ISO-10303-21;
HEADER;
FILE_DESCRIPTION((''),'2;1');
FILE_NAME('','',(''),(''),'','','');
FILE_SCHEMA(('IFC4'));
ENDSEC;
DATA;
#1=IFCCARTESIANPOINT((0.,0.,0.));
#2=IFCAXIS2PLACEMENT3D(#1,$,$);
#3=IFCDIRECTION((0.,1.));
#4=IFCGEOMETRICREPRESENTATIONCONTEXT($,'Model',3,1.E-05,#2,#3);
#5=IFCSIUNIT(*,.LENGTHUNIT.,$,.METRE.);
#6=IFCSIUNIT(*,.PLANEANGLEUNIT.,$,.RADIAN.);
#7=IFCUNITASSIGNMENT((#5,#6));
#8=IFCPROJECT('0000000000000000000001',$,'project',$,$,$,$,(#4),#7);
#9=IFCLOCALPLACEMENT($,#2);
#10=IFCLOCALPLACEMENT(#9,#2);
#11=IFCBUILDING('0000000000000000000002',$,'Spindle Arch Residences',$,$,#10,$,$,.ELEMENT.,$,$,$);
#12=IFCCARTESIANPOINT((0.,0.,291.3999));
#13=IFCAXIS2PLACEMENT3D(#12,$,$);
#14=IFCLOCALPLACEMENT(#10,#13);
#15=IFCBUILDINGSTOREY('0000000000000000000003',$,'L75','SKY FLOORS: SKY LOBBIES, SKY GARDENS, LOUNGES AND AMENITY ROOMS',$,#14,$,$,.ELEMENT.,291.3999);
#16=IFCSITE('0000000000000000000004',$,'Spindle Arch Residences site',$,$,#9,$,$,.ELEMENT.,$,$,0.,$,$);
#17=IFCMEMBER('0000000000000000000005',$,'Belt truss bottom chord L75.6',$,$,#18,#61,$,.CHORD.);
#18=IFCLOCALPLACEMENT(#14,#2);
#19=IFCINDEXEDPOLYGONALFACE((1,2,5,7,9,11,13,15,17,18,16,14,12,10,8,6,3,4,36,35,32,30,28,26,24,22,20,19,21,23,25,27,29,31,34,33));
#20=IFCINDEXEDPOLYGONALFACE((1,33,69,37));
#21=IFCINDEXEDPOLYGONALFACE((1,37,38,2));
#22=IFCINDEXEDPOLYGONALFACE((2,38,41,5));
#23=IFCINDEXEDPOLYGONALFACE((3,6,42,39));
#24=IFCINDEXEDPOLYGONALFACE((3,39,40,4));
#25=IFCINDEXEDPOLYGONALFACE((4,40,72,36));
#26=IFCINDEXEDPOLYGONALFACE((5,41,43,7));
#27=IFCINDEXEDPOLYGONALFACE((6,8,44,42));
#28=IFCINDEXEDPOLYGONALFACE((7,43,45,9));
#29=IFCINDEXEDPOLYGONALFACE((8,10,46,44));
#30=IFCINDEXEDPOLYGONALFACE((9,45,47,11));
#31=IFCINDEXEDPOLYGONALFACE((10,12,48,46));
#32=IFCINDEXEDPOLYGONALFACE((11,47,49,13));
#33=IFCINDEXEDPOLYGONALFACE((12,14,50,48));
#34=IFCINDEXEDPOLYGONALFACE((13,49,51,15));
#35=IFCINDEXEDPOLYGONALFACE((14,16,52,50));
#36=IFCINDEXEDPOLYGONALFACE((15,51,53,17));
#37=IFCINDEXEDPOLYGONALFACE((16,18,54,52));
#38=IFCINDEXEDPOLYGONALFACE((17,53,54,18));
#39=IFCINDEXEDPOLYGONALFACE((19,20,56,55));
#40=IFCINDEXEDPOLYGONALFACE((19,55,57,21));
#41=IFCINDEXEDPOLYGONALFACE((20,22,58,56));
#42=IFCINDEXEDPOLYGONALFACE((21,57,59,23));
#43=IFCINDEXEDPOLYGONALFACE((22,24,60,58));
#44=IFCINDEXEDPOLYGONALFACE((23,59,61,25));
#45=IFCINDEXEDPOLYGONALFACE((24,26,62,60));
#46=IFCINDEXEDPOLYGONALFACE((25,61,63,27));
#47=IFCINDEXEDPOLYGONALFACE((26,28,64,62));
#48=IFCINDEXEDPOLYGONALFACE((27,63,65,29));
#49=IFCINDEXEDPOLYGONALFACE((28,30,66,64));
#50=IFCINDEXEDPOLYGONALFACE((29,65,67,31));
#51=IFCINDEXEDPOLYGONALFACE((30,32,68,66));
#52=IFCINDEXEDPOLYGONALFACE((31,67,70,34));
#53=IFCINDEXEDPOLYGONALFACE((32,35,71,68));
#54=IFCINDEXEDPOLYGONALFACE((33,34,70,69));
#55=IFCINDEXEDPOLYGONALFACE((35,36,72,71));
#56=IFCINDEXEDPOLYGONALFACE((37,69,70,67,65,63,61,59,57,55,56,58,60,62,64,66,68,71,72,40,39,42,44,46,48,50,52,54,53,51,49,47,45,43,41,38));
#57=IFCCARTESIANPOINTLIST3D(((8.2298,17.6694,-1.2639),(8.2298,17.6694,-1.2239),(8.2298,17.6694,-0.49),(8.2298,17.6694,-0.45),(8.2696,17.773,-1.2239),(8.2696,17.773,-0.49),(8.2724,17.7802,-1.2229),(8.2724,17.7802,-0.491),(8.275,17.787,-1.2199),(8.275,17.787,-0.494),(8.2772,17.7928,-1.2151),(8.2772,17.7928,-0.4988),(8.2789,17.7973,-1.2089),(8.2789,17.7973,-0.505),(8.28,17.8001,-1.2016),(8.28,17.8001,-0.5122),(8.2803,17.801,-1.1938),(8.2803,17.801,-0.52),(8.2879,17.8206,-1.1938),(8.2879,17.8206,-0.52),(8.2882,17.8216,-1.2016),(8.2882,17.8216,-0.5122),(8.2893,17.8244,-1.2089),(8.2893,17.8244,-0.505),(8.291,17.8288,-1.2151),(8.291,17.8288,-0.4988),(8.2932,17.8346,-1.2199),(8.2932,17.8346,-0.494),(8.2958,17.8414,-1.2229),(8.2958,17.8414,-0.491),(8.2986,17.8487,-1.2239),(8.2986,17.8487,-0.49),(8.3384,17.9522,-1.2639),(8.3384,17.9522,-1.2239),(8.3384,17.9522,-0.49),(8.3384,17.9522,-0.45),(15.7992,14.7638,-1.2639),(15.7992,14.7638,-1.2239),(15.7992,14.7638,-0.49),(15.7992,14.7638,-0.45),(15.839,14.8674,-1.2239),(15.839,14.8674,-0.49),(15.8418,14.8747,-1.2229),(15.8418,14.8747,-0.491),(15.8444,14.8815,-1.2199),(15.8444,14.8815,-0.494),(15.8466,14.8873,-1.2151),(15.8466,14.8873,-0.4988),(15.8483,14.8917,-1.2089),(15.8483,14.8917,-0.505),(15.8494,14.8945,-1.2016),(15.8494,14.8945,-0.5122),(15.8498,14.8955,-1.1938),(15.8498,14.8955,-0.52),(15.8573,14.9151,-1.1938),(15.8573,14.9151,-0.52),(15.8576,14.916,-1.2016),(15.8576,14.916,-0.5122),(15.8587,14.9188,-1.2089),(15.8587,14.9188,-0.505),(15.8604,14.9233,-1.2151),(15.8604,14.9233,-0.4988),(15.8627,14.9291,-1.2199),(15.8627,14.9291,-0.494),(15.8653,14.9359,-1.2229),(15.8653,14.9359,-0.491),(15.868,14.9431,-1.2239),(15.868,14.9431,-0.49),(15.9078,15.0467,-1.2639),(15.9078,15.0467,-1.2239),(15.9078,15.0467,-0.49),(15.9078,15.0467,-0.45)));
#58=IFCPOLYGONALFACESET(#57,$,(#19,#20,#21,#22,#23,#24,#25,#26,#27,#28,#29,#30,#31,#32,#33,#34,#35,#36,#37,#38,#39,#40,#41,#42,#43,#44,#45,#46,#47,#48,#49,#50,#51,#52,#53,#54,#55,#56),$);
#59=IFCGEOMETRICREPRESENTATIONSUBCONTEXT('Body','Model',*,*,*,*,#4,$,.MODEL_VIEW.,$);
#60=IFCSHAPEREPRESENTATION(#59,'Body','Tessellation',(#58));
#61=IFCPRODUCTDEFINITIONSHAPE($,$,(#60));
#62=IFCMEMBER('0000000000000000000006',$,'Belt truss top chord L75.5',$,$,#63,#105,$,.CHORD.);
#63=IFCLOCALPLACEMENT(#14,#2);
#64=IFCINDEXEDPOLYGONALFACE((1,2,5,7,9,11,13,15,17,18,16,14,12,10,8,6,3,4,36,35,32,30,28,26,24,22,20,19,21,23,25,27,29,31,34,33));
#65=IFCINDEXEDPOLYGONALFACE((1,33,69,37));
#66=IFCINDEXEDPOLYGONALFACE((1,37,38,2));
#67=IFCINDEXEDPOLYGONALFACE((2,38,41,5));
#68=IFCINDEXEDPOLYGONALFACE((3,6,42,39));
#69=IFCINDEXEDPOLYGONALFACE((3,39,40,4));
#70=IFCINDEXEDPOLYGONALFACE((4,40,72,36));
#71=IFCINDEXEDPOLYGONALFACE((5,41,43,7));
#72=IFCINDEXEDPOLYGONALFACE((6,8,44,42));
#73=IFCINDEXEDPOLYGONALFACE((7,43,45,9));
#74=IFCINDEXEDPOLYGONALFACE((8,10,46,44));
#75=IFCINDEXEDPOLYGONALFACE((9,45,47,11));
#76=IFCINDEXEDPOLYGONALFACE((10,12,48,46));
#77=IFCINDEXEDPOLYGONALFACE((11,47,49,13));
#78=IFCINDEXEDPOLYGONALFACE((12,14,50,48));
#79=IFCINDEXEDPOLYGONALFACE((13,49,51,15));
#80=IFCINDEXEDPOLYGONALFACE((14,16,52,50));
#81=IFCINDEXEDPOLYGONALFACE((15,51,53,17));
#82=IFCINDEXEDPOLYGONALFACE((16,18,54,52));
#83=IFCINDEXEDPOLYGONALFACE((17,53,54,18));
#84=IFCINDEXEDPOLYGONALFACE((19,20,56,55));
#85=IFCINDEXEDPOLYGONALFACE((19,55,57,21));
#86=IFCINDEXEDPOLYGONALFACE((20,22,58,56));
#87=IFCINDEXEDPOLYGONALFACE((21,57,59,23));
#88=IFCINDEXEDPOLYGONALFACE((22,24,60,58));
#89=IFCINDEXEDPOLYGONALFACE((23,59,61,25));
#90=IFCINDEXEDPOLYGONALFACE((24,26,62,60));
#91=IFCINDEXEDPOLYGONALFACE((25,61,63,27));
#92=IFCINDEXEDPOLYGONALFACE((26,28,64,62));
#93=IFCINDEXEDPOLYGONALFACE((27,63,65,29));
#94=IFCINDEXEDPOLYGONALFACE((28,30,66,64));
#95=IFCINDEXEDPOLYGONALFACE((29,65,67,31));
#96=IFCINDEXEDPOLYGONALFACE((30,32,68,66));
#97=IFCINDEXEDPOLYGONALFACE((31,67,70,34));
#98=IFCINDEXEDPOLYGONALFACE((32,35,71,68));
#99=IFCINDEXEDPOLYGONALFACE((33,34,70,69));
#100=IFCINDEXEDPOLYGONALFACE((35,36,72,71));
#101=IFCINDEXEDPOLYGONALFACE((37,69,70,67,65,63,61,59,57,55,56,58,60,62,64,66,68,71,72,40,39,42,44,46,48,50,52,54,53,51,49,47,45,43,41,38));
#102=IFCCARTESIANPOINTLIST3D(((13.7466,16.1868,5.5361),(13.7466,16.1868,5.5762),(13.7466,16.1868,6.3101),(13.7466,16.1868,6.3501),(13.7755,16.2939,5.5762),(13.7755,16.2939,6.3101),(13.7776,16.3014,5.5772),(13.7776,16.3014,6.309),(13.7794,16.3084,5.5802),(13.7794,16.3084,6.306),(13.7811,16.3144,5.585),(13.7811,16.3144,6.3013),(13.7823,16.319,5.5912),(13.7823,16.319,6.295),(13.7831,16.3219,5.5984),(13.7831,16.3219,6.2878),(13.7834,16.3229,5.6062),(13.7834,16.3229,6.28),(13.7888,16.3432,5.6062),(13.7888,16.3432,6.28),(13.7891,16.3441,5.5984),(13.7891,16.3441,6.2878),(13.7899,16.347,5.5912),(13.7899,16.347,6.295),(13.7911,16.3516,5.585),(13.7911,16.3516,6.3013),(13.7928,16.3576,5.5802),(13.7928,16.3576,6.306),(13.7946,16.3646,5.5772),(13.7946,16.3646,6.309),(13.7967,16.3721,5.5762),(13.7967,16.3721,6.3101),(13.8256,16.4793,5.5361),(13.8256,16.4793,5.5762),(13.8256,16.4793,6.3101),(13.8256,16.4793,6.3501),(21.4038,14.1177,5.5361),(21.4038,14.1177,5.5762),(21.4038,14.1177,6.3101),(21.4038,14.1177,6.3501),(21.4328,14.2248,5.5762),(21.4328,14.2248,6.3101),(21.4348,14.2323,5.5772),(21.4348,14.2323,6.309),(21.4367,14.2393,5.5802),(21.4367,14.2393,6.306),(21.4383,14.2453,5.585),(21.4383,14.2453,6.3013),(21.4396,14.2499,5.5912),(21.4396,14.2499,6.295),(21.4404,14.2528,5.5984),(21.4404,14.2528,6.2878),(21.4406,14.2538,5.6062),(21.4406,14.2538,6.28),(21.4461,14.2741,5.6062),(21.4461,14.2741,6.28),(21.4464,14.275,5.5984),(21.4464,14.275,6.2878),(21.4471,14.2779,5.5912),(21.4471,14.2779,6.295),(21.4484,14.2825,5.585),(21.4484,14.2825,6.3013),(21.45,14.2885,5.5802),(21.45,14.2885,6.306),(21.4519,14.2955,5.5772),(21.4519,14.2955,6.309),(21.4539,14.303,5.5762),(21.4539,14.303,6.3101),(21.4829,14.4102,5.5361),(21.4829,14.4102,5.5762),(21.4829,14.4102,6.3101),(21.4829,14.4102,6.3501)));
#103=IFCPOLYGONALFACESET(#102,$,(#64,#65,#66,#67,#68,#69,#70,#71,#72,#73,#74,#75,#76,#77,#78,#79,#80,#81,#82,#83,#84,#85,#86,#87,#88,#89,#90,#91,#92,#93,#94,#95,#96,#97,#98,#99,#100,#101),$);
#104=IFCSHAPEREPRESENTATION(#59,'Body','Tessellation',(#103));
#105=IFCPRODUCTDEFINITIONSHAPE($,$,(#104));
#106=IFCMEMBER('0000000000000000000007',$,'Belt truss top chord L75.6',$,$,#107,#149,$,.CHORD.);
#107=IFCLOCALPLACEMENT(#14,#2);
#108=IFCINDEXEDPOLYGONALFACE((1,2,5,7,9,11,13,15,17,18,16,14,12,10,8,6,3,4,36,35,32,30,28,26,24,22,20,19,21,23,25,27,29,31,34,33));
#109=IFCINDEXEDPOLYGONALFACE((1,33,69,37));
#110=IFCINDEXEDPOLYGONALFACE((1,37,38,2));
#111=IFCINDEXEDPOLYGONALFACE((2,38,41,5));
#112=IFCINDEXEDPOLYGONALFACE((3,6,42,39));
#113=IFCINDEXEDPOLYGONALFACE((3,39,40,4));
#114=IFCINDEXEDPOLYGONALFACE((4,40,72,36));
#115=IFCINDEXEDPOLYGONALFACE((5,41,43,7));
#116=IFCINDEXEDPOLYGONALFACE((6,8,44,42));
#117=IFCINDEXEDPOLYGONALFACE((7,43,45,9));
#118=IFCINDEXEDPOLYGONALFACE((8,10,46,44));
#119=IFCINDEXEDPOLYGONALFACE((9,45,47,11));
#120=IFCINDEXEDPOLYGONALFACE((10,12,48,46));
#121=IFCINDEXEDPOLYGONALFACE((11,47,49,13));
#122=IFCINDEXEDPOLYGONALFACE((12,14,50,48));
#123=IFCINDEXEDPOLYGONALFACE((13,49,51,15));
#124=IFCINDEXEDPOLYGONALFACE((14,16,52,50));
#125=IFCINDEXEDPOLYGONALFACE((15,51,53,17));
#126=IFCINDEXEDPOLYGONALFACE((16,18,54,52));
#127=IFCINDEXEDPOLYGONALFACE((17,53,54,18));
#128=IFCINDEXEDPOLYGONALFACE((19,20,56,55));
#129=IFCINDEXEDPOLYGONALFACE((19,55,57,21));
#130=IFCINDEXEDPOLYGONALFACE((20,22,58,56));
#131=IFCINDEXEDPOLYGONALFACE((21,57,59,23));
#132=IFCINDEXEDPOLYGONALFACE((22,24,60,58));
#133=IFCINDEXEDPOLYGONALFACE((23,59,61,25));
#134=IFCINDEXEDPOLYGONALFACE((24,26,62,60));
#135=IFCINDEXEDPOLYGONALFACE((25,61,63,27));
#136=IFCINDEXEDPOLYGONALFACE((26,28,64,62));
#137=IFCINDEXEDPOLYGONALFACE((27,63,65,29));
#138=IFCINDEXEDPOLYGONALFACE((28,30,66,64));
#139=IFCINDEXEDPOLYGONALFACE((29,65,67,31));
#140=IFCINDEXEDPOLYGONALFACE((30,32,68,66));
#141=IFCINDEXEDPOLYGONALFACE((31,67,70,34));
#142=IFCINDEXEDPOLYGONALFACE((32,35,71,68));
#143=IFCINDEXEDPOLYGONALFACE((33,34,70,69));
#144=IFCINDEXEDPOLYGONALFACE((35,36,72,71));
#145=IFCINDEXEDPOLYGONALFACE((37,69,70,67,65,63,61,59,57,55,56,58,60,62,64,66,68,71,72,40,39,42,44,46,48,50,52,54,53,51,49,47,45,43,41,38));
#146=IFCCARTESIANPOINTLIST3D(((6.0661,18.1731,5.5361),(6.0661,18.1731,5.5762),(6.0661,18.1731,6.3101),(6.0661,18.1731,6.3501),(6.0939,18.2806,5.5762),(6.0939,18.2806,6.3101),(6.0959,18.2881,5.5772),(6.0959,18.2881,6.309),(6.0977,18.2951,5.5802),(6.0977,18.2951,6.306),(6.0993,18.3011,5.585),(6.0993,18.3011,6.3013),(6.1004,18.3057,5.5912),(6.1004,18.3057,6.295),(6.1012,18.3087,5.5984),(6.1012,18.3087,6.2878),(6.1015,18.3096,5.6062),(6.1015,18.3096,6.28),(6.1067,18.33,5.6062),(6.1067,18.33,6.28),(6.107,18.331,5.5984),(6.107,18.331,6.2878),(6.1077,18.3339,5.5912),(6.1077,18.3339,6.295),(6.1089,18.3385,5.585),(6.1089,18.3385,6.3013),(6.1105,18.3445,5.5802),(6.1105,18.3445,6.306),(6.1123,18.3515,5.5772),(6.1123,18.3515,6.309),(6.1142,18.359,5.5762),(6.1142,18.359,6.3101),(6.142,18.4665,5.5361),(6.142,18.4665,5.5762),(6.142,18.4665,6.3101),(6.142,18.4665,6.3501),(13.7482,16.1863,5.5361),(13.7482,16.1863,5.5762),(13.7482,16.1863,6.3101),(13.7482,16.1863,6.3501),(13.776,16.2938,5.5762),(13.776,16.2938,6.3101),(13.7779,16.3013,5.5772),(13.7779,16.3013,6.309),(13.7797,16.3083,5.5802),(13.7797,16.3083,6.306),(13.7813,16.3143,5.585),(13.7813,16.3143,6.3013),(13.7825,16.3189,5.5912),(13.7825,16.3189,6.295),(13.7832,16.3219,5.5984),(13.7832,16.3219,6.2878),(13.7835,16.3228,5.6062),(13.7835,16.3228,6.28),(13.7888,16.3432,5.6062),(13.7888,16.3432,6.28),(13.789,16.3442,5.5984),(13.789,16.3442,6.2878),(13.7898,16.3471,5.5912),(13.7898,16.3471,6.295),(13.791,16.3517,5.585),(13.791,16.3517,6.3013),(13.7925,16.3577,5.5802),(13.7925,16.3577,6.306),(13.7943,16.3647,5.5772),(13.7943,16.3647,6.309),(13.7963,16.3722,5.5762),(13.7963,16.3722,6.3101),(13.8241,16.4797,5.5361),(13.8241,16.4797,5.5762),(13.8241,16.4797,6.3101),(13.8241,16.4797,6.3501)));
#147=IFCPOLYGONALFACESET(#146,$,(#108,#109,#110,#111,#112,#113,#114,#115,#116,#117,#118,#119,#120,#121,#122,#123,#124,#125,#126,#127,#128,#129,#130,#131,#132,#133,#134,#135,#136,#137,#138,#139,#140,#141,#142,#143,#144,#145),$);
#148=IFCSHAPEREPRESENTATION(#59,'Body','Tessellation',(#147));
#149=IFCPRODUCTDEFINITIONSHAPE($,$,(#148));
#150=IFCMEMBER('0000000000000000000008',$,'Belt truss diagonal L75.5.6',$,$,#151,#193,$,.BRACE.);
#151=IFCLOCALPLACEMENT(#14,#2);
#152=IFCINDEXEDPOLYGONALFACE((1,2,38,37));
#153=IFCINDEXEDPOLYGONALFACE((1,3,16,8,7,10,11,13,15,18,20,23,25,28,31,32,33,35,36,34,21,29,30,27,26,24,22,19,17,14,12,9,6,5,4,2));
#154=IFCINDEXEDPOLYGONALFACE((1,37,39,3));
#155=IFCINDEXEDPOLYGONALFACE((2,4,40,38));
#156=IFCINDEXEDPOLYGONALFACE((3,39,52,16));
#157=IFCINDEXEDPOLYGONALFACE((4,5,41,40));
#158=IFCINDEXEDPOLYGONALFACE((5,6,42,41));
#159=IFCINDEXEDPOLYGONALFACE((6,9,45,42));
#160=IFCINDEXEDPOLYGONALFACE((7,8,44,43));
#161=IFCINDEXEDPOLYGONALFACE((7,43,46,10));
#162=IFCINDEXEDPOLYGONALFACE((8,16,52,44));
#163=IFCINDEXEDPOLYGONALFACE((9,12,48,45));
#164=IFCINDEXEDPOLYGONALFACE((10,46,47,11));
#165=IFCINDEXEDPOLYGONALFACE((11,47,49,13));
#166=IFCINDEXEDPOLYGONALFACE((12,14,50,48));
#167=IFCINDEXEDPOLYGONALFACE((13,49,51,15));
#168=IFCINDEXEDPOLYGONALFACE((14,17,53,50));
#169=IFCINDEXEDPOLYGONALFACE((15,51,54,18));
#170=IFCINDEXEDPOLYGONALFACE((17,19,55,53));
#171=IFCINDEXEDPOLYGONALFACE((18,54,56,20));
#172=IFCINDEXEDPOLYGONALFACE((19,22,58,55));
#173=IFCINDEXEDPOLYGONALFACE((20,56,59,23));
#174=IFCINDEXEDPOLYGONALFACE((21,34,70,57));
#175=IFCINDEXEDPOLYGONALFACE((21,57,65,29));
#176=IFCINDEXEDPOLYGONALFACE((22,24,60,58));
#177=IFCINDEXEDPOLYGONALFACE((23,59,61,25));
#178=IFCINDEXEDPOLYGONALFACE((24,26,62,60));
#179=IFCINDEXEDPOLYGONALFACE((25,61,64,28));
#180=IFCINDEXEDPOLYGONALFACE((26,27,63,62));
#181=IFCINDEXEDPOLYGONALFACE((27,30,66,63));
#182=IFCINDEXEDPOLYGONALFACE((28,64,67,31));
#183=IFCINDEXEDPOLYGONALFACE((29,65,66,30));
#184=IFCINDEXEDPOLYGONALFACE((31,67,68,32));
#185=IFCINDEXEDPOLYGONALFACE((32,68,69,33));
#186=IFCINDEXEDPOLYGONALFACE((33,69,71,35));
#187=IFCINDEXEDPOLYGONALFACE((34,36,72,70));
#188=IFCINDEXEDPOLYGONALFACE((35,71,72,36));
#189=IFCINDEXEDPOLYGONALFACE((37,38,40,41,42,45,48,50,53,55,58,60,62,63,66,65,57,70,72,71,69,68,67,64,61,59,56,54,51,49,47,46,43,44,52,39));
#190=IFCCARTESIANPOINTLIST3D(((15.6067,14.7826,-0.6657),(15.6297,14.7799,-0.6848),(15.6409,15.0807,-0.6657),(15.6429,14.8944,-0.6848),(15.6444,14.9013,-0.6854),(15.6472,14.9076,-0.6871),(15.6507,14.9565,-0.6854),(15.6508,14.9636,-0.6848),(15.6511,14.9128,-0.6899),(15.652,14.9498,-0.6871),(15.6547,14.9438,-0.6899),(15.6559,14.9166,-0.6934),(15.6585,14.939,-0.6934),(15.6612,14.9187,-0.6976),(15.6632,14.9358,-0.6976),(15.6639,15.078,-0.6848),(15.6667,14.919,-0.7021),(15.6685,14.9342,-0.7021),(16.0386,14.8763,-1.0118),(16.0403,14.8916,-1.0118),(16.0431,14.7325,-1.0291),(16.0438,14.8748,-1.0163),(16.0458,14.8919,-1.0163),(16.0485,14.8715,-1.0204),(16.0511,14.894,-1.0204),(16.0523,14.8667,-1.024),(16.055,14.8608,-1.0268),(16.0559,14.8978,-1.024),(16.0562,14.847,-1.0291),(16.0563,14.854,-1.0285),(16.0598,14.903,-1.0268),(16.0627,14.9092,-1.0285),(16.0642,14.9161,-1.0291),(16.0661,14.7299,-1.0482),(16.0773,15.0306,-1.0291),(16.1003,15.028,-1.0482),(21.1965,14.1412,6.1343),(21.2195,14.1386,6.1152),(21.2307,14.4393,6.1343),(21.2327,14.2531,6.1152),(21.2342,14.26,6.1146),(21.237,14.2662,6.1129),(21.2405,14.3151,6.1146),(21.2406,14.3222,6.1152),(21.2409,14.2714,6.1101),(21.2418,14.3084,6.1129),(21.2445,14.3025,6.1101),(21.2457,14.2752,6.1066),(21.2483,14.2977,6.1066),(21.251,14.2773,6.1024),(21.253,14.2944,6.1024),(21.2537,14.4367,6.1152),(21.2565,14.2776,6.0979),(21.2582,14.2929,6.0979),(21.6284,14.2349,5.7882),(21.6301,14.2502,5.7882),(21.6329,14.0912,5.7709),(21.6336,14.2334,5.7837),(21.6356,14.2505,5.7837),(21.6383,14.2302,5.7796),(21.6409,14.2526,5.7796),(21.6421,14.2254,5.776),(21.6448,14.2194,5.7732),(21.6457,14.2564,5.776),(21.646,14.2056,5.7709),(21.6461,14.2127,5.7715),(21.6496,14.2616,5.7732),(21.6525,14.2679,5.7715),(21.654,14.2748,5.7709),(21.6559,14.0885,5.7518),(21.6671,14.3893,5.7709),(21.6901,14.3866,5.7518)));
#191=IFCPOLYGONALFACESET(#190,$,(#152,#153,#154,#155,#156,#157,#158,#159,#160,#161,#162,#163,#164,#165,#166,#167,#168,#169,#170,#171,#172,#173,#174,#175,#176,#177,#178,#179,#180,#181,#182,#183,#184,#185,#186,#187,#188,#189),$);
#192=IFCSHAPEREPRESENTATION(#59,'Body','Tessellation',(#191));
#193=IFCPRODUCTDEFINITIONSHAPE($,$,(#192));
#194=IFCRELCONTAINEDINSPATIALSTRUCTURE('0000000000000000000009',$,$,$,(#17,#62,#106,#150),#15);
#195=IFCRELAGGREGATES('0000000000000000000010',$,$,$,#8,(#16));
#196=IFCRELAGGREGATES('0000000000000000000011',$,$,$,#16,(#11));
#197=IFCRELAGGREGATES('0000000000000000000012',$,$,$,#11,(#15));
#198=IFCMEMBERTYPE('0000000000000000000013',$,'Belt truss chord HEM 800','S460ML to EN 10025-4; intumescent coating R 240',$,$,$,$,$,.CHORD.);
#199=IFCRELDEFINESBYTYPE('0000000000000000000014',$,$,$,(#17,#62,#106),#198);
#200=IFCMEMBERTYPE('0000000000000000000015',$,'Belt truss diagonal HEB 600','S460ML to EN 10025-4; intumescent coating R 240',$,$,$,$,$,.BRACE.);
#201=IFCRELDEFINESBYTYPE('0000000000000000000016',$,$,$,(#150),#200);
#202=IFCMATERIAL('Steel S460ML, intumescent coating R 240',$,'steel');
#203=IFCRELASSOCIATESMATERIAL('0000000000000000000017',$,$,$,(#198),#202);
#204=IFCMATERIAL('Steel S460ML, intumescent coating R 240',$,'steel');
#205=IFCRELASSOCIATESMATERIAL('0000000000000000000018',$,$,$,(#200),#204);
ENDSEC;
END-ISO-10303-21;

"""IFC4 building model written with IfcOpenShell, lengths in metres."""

from ifc_helpers import new_model, si_unit, direction, frame, origin, origin_2d, place, context, subcontext, project, spatial, i_section, extrude, material, material_profile, profile_set, type_object, element, save


model = new_model("IFC4")

# Units and contexts
model_context = context("Model", 3, precision=1e-05, world=origin(), true_north=direction((0.0, 1.0)))
body_context = subcontext(model_context, "Body", "Model", "MODEL_VIEW")
ifc_project = project(units=[si_unit("LENGTHUNIT", "METRE"), si_unit("PLANEANGLEUNIT", "RADIAN")], contexts=[model_context])

# Site, building, storey
site_placement = place(None, origin())
site = spatial("IfcSite", under=ifc_project, at=site_placement, Name="Spindle Arch Residences site", CompositionType="ELEMENT", RefElevation=0.0)
building_placement = place(site_placement, origin())
building = spatial("IfcBuilding", under=site, at=building_placement, Name="Spindle Arch Residences", CompositionType="ELEMENT")
storey_placement = place(building_placement, frame((0.0, 0.0, 291.3999)))
storey = spatial("IfcBuildingStorey", under=building, at=storey_placement, Name="L75", Description="SKY FLOORS: SKY LOBBIES, SKY GARDENS, LOUNGES AND AMENITY ROOMS", CompositionType="ELEMENT", Elevation=291.3999)

# Members
ifc_material_1 = material(Name="Steel S460ML, intumescent coating R 240", Category="steel")
ifc_material_profile_1 = material_profile(ifc_material_1, i_section(OverallWidth=0.303, OverallDepth=0.814, WebThickness=0.021, FlangeThickness=0.04, FilletRadius=0.03, at=origin_2d()), Name="HEM 800")
ifc_profile_set_1 = profile_set([ifc_material_profile_1], Name="Steel S460ML, intumescent coating R 240")
member_type_1 = type_object("IfcMemberType", Name="Belt truss chord HEM 800", Description="S460ML to EN 10025-4; intumescent coating R 240", PredefinedType="CHORD", material=ifc_profile_set_1)
member_1_placement = place(storey_placement, frame((15.8535, 14.9053, -0.8569), z_axis=(-0.933584, 0.35836, 0.0), x_axis=(-0.35836, -0.933584, 0.0)))
element("IfcMember", 1, at=member_1_placement, inside=storey, type_object=member_type_1, Name="Belt truss bottom chord L75.6", PredefinedType="CHORD", context=body_context, shape_type="SweptSolid", body=[
    extrude(i_section(OverallWidth=0.303, OverallDepth=0.814, WebThickness=0.021, FlangeThickness=0.04, FilletRadius=0.03, at=origin_2d()), origin(), (0.0, 0.0, 1.0), 8.1079),
])
member_2_placement = place(storey_placement, frame((21.4434, 14.2639, 5.9431), z_axis=(-0.965377, 0.260859, 0.0), x_axis=(-0.260859, -0.965377, 0.0)))
element("IfcMember", 2, at=member_2_placement, inside=storey, type_object=member_type_1, Name="Belt truss top chord L75.5", PredefinedType="CHORD", context=body_context, shape_type="SweptSolid", body=[
    extrude(i_section(OverallWidth=0.303, OverallDepth=0.814, WebThickness=0.021, FlangeThickness=0.04, FilletRadius=0.03, at=origin_2d()), origin(), (0.0, 0.0, 1.0), 7.9319),
])
member_3_placement = place(storey_placement, frame((13.7861, 16.333, 5.9431), z_axis=(-0.968145, 0.25039, 0.0), x_axis=(-0.25039, -0.968145, 0.0)))
element("IfcMember", 3, at=member_3_placement, inside=storey, type_object=member_type_1, Name="Belt truss top chord L75.6", PredefinedType="CHORD", context=body_context, shape_type="SweptSolid", body=[
    extrude(i_section(OverallWidth=0.303, OverallDepth=0.814, WebThickness=0.021, FlangeThickness=0.04, FilletRadius=0.03, at=origin_2d()), origin(), (0.0, 0.0, 1.0), 7.9348),
])
ifc_material_2 = material(Name="Steel S460ML, intumescent coating R 240", Category="steel")
ifc_material_profile_2 = material_profile(ifc_material_2, i_section(OverallWidth=0.3, OverallDepth=0.6001, WebThickness=0.0154, FlangeThickness=0.03, FilletRadius=0.0271, at=origin_2d()), Name="HEB 600")
ifc_profile_set_2 = profile_set([ifc_material_profile_2], Name="Steel S460ML, intumescent coating R 240")
member_type_2 = type_object("IfcMemberType", Name="Belt truss diagonal HEB 600", Description="S460ML to EN 10025-4; intumescent coating R 240", PredefinedType="BRACE", material=ifc_profile_set_2)
member_4_placement = place(storey_placement, frame((15.8535, 14.9053, -0.8569), z_axis=(0.633338, -0.072667, 0.770456), x_axis=(0.113988, 0.993482, 0.0)))
element("IfcMember", 4, at=member_4_placement, inside=storey, type_object=member_type_2, Name="Belt truss diagonal L75.5.6", PredefinedType="BRACE", context=body_context, shape_type="SweptSolid", body=[
    extrude(i_section(OverallWidth=0.3, OverallDepth=0.6001, WebThickness=0.0154, FlangeThickness=0.03, FilletRadius=0.0271, at=origin_2d()), origin(), (0.0, 0.0, 1.0), 8.8259),
])

save(model, "model.ifc")
